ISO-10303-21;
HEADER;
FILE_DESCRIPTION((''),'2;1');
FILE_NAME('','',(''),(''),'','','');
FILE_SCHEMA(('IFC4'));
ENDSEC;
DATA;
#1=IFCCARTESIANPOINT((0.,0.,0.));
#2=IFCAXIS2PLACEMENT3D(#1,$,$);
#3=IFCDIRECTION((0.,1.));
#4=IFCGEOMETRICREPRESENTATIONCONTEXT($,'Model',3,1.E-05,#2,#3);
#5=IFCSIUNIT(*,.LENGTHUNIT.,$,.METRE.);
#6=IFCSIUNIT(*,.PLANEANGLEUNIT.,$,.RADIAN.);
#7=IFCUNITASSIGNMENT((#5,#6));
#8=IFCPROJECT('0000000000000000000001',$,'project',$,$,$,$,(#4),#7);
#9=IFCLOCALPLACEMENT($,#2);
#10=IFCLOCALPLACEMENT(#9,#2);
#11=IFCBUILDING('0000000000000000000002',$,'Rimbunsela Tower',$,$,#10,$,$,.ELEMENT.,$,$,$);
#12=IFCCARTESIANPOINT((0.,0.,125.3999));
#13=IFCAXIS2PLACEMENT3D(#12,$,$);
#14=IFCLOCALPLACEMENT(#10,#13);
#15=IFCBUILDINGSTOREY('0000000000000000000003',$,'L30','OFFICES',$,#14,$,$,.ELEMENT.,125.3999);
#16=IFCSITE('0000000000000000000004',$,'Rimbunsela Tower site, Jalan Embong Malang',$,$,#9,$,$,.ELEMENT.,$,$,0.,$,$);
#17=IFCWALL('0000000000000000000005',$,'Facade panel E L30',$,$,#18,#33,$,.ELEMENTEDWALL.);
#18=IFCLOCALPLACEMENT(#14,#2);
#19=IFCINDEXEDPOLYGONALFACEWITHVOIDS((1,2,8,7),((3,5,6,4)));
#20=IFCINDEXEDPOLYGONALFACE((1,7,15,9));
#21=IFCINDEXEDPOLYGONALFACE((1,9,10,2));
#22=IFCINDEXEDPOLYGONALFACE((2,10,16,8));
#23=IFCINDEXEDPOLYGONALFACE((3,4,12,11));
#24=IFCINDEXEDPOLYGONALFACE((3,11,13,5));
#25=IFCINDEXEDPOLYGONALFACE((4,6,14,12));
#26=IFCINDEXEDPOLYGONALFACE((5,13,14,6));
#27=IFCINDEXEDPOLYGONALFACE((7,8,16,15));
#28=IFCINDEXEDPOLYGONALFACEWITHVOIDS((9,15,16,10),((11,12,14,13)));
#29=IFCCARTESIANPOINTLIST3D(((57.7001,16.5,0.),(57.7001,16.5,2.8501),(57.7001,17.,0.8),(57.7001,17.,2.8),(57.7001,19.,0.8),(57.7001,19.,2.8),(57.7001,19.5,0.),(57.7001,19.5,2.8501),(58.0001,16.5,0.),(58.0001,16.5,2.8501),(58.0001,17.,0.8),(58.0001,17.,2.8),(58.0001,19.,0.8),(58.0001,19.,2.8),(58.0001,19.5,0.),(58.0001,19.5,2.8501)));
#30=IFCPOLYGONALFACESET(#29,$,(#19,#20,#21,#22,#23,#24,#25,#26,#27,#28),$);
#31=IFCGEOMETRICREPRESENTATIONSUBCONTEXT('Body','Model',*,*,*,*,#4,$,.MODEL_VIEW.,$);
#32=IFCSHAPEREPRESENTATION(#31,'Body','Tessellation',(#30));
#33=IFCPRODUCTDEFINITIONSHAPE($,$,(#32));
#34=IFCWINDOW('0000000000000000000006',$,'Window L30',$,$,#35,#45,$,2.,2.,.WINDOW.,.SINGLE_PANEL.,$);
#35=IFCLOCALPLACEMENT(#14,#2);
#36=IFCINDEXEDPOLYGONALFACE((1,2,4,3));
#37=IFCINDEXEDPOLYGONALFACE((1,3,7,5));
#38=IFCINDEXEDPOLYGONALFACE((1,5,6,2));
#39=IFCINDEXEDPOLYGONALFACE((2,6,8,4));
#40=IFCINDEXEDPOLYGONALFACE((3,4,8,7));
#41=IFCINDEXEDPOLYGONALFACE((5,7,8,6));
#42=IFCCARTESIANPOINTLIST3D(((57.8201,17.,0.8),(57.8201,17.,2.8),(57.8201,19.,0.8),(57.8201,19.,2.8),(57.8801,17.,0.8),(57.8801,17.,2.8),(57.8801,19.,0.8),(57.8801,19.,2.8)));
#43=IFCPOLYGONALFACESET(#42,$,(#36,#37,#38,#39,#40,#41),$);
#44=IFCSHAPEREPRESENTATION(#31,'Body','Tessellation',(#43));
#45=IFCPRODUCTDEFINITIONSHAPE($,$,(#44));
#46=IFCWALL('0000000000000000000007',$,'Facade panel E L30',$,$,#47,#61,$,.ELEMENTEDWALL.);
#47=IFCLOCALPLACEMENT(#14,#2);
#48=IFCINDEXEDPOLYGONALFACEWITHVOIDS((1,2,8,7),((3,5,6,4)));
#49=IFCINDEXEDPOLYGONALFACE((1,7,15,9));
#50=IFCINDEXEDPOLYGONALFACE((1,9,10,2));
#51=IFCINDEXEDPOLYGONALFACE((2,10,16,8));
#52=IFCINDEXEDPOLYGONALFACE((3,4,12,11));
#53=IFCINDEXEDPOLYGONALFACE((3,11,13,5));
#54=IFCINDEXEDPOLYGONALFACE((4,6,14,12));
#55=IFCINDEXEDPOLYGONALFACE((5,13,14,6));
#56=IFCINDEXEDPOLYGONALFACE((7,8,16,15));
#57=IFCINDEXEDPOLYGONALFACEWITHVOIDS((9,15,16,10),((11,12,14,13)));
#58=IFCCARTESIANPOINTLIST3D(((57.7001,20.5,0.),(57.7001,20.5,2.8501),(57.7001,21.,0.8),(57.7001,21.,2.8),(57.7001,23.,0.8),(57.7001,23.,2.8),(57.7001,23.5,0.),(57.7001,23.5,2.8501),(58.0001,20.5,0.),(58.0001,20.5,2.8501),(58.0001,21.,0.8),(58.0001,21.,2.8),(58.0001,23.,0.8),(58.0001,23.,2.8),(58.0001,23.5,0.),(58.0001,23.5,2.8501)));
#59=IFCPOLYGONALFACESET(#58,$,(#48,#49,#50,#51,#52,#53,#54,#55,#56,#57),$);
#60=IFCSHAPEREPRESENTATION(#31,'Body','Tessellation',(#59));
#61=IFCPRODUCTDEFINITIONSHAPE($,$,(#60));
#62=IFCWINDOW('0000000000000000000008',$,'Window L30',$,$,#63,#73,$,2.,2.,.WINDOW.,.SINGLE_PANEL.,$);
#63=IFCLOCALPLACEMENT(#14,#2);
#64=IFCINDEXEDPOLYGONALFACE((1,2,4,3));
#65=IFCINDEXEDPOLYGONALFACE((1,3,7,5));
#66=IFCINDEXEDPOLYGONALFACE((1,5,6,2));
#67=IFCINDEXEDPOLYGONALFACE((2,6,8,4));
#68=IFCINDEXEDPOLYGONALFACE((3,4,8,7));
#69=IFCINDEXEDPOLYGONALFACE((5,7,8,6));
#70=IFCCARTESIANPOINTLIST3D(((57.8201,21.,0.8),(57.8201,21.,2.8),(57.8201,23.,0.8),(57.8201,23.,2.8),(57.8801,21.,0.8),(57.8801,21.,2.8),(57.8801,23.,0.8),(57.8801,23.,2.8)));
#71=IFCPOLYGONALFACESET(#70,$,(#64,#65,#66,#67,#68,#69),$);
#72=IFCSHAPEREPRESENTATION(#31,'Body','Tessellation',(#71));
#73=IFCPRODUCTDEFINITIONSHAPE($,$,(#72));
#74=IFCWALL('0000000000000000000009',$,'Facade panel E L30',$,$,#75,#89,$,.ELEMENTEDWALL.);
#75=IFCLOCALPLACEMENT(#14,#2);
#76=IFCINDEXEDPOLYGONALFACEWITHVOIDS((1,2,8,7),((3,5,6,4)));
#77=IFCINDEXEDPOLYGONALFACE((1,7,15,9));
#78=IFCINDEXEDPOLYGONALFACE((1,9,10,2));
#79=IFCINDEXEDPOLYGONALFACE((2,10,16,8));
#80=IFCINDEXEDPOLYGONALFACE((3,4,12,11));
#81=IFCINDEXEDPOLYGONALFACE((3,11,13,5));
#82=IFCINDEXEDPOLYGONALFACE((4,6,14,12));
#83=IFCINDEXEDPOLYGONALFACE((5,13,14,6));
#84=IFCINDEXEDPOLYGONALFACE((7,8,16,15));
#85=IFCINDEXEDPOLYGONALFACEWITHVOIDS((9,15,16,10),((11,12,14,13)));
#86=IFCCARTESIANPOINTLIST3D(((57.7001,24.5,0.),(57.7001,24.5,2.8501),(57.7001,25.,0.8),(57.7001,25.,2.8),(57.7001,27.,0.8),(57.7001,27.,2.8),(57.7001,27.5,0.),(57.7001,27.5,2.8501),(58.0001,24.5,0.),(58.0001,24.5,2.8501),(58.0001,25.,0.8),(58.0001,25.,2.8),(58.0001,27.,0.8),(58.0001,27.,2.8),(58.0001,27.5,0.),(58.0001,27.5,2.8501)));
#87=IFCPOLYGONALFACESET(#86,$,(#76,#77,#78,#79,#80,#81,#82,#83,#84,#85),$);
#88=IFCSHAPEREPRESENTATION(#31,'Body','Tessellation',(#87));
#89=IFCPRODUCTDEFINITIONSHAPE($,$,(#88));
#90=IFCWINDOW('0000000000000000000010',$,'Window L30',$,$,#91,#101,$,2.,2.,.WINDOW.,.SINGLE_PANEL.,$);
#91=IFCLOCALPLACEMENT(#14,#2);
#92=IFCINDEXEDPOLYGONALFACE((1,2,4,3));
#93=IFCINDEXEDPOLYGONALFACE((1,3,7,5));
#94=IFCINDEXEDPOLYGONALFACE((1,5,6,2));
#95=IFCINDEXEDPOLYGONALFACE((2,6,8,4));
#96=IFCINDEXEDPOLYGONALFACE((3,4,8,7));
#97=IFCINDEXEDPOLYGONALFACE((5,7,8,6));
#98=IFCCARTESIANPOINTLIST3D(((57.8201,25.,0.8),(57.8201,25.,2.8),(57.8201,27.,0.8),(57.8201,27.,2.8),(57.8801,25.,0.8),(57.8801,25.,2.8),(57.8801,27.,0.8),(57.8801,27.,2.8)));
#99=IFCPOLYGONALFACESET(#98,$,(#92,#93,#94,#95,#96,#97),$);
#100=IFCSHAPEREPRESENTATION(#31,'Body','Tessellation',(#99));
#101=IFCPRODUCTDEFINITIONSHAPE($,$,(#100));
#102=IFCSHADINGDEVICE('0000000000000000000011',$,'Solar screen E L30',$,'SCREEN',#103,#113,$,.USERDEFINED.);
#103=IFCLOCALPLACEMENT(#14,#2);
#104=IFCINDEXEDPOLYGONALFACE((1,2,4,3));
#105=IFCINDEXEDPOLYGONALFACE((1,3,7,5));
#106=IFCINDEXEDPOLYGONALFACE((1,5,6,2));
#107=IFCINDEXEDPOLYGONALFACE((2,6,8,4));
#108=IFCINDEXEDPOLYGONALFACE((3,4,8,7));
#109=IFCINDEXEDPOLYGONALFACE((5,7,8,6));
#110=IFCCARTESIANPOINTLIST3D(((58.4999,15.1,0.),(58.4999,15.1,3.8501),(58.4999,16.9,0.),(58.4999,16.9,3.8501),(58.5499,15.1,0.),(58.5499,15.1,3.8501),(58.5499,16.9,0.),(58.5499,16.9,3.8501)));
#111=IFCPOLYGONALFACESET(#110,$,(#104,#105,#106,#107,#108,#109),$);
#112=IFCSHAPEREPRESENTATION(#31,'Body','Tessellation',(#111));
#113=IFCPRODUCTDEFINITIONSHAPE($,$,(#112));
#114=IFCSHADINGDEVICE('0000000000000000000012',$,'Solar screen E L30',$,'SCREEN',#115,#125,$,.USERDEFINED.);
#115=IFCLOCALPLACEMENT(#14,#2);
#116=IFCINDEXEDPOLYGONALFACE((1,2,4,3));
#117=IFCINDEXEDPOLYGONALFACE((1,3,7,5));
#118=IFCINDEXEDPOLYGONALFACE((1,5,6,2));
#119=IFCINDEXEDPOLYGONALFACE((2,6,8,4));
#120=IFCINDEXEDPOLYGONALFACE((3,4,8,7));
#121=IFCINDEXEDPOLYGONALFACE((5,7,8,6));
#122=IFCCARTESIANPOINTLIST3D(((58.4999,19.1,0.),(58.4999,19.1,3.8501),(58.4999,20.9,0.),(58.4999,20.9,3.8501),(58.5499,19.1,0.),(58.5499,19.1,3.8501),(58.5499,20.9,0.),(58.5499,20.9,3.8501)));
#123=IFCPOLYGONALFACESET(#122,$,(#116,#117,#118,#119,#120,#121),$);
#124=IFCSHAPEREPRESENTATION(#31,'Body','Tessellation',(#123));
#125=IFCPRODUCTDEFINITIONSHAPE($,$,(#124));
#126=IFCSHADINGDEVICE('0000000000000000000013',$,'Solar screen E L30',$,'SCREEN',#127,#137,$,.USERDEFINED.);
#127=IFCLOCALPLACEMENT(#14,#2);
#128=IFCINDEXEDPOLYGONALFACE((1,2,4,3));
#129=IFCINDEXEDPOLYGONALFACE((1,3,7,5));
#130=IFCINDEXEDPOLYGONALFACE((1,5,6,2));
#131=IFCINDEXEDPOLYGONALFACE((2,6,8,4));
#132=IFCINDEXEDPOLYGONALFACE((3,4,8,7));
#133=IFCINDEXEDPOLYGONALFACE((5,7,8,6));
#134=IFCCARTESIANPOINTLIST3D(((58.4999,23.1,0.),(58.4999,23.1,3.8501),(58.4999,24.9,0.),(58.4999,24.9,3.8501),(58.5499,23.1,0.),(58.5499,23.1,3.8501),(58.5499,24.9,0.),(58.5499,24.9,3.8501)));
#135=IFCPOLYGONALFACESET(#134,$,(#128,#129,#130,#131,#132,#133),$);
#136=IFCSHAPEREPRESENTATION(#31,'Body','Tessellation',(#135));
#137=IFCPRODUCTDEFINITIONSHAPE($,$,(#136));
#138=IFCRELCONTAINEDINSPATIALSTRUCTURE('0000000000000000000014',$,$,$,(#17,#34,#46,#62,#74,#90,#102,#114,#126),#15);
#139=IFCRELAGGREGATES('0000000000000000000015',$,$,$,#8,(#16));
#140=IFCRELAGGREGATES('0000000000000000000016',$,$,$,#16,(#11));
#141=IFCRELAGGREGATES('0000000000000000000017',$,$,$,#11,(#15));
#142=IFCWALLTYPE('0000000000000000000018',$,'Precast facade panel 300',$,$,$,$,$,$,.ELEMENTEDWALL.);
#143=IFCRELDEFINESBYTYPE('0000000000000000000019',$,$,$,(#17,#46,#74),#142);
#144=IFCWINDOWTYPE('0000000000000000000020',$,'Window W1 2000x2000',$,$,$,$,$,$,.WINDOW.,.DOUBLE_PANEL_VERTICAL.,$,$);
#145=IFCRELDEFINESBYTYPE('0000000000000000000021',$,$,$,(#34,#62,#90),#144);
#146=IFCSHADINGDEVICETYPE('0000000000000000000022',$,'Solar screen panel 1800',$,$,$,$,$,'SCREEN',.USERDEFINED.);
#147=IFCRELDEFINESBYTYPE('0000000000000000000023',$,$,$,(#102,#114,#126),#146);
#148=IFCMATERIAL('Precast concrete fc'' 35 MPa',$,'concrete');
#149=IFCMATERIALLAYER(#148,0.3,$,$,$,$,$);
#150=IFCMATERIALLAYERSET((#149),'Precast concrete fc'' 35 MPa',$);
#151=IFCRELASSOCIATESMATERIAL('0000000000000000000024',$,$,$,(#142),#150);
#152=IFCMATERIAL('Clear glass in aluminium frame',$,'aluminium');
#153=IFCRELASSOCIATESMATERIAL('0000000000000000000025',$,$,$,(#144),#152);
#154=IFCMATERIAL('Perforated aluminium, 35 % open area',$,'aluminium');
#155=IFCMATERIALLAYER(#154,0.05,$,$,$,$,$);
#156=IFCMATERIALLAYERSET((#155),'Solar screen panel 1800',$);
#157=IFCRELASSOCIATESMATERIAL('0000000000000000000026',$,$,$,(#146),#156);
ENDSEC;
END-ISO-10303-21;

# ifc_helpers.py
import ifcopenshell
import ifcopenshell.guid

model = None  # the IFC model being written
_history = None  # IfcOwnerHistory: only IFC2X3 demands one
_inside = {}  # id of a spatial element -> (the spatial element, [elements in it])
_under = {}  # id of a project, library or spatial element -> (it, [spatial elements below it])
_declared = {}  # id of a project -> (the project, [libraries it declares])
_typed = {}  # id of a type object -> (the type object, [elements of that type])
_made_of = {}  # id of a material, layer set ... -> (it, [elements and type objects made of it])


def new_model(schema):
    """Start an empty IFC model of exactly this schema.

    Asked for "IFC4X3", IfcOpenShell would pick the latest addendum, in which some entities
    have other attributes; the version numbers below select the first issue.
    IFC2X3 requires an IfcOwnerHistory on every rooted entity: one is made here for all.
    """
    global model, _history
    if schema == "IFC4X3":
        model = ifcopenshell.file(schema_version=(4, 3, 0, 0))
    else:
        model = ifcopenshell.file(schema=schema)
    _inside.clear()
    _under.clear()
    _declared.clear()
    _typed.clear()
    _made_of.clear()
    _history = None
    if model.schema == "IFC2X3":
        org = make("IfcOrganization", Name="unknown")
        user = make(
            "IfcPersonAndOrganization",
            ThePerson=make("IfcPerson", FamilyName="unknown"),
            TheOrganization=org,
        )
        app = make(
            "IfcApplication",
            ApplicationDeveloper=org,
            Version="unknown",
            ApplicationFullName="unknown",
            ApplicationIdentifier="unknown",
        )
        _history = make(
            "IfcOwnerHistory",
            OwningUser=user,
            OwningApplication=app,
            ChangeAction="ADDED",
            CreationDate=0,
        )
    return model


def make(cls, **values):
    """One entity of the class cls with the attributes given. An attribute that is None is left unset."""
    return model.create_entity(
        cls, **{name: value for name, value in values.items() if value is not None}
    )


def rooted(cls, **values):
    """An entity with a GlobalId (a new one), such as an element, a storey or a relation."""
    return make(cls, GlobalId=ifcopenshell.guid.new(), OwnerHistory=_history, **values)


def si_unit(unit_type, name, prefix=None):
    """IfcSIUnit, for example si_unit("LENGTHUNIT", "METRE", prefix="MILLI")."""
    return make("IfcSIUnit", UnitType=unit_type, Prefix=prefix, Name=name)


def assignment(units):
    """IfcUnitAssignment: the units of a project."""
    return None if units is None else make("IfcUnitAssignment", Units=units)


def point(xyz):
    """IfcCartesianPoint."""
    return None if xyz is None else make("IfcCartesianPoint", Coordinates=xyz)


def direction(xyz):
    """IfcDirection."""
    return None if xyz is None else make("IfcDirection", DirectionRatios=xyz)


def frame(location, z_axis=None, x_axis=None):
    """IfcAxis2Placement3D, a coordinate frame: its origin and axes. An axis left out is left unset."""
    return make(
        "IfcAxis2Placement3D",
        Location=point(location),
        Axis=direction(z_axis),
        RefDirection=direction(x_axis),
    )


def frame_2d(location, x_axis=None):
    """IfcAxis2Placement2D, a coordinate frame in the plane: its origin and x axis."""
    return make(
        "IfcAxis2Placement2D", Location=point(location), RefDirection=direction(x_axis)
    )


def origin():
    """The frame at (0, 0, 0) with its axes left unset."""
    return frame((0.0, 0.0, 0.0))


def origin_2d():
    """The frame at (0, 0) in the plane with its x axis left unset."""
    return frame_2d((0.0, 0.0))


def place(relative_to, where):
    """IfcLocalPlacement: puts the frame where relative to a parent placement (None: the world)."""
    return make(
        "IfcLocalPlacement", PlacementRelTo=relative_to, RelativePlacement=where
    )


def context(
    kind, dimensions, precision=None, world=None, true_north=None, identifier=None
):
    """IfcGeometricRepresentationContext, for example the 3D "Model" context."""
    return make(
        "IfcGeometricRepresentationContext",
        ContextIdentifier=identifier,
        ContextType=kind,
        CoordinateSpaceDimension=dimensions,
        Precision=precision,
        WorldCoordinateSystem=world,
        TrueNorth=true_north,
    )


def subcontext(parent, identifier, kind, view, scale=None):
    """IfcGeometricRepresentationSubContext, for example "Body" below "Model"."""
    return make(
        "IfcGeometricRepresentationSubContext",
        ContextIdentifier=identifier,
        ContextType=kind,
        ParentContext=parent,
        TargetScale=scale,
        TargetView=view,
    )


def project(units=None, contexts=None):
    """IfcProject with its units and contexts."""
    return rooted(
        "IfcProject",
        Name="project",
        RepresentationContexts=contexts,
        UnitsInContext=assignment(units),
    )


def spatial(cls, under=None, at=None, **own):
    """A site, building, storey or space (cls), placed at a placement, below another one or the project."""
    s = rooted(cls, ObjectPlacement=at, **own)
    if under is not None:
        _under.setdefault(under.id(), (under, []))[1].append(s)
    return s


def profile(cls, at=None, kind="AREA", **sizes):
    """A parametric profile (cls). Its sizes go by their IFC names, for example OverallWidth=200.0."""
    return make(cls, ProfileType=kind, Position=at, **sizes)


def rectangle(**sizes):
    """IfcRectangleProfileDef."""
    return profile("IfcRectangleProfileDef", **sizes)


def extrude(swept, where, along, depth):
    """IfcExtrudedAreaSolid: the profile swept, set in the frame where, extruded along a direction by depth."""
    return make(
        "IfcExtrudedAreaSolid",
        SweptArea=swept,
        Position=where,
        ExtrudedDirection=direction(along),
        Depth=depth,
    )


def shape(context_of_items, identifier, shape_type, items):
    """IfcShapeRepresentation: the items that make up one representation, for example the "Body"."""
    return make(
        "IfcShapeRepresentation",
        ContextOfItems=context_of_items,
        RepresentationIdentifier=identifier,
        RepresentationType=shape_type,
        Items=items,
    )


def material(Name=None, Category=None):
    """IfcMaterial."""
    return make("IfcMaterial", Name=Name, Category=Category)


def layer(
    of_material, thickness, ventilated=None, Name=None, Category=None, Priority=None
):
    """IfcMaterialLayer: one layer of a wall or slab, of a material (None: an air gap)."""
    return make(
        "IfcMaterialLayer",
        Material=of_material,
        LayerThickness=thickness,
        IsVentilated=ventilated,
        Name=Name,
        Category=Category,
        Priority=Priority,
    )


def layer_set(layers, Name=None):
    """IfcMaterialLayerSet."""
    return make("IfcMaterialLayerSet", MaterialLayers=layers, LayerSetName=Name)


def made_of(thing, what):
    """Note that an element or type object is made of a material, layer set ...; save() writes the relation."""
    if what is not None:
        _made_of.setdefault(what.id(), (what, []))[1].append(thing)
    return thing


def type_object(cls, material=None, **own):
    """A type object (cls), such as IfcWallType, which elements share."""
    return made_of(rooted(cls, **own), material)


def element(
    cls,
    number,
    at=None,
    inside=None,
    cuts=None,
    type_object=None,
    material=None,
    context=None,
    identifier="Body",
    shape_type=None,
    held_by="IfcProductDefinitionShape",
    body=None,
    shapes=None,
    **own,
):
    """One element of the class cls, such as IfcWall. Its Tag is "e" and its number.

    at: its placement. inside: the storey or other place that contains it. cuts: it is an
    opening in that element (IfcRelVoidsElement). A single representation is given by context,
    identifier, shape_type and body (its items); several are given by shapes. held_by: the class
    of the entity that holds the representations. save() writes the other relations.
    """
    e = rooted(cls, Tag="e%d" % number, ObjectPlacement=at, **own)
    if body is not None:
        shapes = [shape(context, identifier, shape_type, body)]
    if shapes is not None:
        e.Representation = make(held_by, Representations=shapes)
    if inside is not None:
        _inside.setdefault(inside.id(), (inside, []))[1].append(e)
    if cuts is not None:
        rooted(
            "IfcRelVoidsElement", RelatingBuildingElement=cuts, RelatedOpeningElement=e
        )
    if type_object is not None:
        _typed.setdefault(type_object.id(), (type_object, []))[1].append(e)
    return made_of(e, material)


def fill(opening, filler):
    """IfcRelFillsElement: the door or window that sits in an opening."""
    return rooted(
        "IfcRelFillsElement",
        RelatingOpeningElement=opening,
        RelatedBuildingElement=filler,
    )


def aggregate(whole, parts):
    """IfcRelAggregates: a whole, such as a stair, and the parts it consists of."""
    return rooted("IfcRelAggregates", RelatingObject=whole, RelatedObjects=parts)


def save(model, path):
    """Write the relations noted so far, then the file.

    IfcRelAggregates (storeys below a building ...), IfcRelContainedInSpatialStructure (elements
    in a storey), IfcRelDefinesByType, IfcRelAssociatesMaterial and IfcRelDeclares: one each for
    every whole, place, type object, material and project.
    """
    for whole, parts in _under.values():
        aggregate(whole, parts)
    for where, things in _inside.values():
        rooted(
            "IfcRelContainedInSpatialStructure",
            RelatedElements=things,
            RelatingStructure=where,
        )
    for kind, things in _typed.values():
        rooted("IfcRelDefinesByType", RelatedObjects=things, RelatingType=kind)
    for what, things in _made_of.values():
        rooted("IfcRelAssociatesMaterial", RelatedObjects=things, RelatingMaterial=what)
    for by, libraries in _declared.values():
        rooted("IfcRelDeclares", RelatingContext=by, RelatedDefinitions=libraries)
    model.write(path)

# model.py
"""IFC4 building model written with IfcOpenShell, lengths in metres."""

from ifc_helpers import new_model, si_unit, direction, frame, frame_2d, origin, origin_2d, place, context, subcontext, project, spatial, rectangle, extrude, material, layer, layer_set, type_object, element, fill, save


model = new_model("IFC4")

# Units and contexts
model_context = context("Model", 3, precision=1e-05, world=origin(), true_north=direction((0.0, 1.0)))
body_context = subcontext(model_context, "Body", "Model", "MODEL_VIEW")
ifc_project = project(units=[si_unit("LENGTHUNIT", "METRE"), si_unit("PLANEANGLEUNIT", "RADIAN")], contexts=[model_context])

# Site, building, storey
site_placement = place(None, origin())
site = spatial("IfcSite", under=ifc_project, at=site_placement, Name="Rimbunsela Tower site, Jalan Embong Malang", CompositionType="ELEMENT", RefElevation=0.0)
building_placement = place(site_placement, origin())
building = spatial("IfcBuilding", under=site, at=building_placement, Name="Rimbunsela Tower", CompositionType="ELEMENT")
storey_placement = place(building_placement, frame((0.0, 0.0, 125.3999)))
storey = spatial("IfcBuildingStorey", under=building, at=storey_placement, Name="L30", Description="OFFICES", CompositionType="ELEMENT", Elevation=125.3999)

# Walls, openings, windows
ifc_material_1 = material(Name="Precast concrete fc' 35 MPa", Category="concrete")
ifc_layer_1 = layer(ifc_material_1, 0.3)
ifc_layer_set_1 = layer_set([ifc_layer_1], Name="Precast concrete fc' 35 MPa")
wall_type_1 = type_object("IfcWallType", Name="Precast facade panel 300", PredefinedType="ELEMENTEDWALL", material=ifc_layer_set_1)
wall_1_placement = place(storey_placement, frame((57.8501, 16.5, 0.0), z_axis=(0.0, 0.0, 1.0), x_axis=(0.0, 1.0, 0.0)))
wall_1 = element("IfcWall", 1, at=wall_1_placement, inside=storey, type_object=wall_type_1, Name="Facade panel E L30", PredefinedType="ELEMENTEDWALL", context=body_context, shape_type="SweptSolid", body=[
    extrude(rectangle(XDim=3.0, YDim=0.3, at=frame_2d((1.5, 0.0))), origin(), (0.0, 0.0, 1.0), 2.8501),
])
opening_1_placement = place(wall_1_placement, frame((0.5, 0.0, 0.8)))
opening_1 = element("IfcOpeningElement", 2, at=opening_1_placement, cuts=wall_1, PredefinedType="OPENING", context=body_context, shape_type="SweptSolid", body=[
    extrude(rectangle(XDim=2.0, YDim=2.0, at=frame_2d((1.0, 1.0))), frame((0.0, 0.1599, 0.0), z_axis=(0.0, -1.0, 0.0), x_axis=(1.0, 0.0, 0.0)), (0.0, 0.0, 1.0), 0.3201),
])
ifc_material_2 = material(Name="Clear glass in aluminium frame", Category="aluminium")
window_type = type_object("IfcWindowType", Name="Window W1 2000x2000", PartitioningType="DOUBLE_PANEL_VERTICAL", PredefinedType="WINDOW", material=ifc_material_2)
window_1_placement = place(opening_1_placement, origin())
window_1 = element("IfcWindow", 3, at=window_1_placement, inside=storey, type_object=window_type, Name="Window L30", OverallHeight=2.0, OverallWidth=2.0, PartitioningType="SINGLE_PANEL", PredefinedType="WINDOW", context=body_context, shape_type="SweptSolid", body=[
    extrude(rectangle(XDim=2.0, YDim=2.0, at=frame_2d((1.0, 1.0))), frame((0.0, 0.03, 0.0), z_axis=(0.0, -1.0, 0.0), x_axis=(1.0, 0.0, 0.0)), (0.0, 0.0, 1.0), 0.0601),
])
fill(opening_1, window_1)
wall_2_placement = place(storey_placement, frame((57.8501, 20.5, 0.0), z_axis=(0.0, 0.0, 1.0), x_axis=(0.0, 1.0, 0.0)))
wall_2 = element("IfcWall", 4, at=wall_2_placement, inside=storey, type_object=wall_type_1, Name="Facade panel E L30", PredefinedType="ELEMENTEDWALL", context=body_context, shape_type="SweptSolid", body=[
    extrude(rectangle(XDim=3.0, YDim=0.3, at=frame_2d((1.5, 0.0))), origin(), (0.0, 0.0, 1.0), 2.8501),
])
opening_2_placement = place(wall_2_placement, frame((0.5, 0.0, 0.8)))
opening_2 = element("IfcOpeningElement", 5, at=opening_2_placement, cuts=wall_2, PredefinedType="OPENING", context=body_context, shape_type="SweptSolid", body=[
    extrude(rectangle(XDim=2.0, YDim=2.0, at=frame_2d((1.0, 1.0))), frame((0.0, 0.1599, 0.0), z_axis=(0.0, -1.0, 0.0), x_axis=(1.0, 0.0, 0.0)), (0.0, 0.0, 1.0), 0.3201),
])
window_2_placement = place(opening_2_placement, origin())
window_2 = element("IfcWindow", 6, at=window_2_placement, inside=storey, type_object=window_type, Name="Window L30", OverallHeight=2.0, OverallWidth=2.0, PartitioningType="SINGLE_PANEL", PredefinedType="WINDOW", context=body_context, shape_type="SweptSolid", body=[
    extrude(rectangle(XDim=2.0, YDim=2.0, at=frame_2d((1.0, 1.0))), frame((0.0, 0.03, 0.0), z_axis=(0.0, -1.0, 0.0), x_axis=(1.0, 0.0, 0.0)), (0.0, 0.0, 1.0), 0.0601),
])
fill(opening_2, window_2)
wall_3_placement = place(storey_placement, frame((57.8501, 24.5, 0.0), z_axis=(0.0, 0.0, 1.0), x_axis=(0.0, 1.0, 0.0)))
wall_3 = element("IfcWall", 7, at=wall_3_placement, inside=storey, type_object=wall_type_1, Name="Facade panel E L30", PredefinedType="ELEMENTEDWALL", context=body_context, shape_type="SweptSolid", body=[
    extrude(rectangle(XDim=3.0, YDim=0.3, at=frame_2d((1.5, 0.0))), origin(), (0.0, 0.0, 1.0), 2.8501),
])
opening_3_placement = place(wall_3_placement, frame((0.5, 0.0, 0.8)))
opening_3 = element("IfcOpeningElement", 8, at=opening_3_placement, cuts=wall_3, PredefinedType="OPENING", context=body_context, shape_type="SweptSolid", body=[
    extrude(rectangle(XDim=2.0, YDim=2.0, at=frame_2d((1.0, 1.0))), frame((0.0, 0.1599, 0.0), z_axis=(0.0, -1.0, 0.0), x_axis=(1.0, 0.0, 0.0)), (0.0, 0.0, 1.0), 0.3201),
])
window_3_placement = place(opening_3_placement, origin())
window_3 = element("IfcWindow", 9, at=window_3_placement, inside=storey, type_object=window_type, Name="Window L30", OverallHeight=2.0, OverallWidth=2.0, PartitioningType="SINGLE_PANEL", PredefinedType="WINDOW", context=body_context, shape_type="SweptSolid", body=[
    extrude(rectangle(XDim=2.0, YDim=2.0, at=frame_2d((1.0, 1.0))), frame((0.0, 0.03, 0.0), z_axis=(0.0, -1.0, 0.0), x_axis=(1.0, 0.0, 0.0)), (0.0, 0.0, 1.0), 0.0601),
])
fill(opening_3, window_3)

# Shading devices
ifc_material_3 = material(Name="Perforated aluminium, 35 % open area", Category="aluminium")
ifc_layer_2 = layer(ifc_material_3, 0.05)
ifc_layer_set_2 = layer_set([ifc_layer_2], Name="Solar screen panel 1800")
shading_device_type = type_object("IfcShadingDeviceType", Name="Solar screen panel 1800", ElementType="SCREEN", PredefinedType="USERDEFINED", material=ifc_layer_set_2)
for number, where, z_axis, x_axis, name in (
    (10, (58.5249, 16.0, 0.0), (0.0, 0.0, 1.0), (0.0, 1.0, 0.0), "Solar screen E L30"),
    (11, (58.5249, 20.0, 0.0), (0.0, 0.0, 1.0), (0.0, 1.0, 0.0), "Solar screen E L30"),
    (12, (58.5249, 24.0, 0.0), (0.0, 0.0, 1.0), (0.0, 1.0, 0.0), "Solar screen E L30"),
):
    element("IfcShadingDevice", number, at=place(storey_placement, frame(where, z_axis=z_axis, x_axis=x_axis)), inside=storey, type_object=shading_device_type, Name=name, ObjectType="SCREEN", PredefinedType="USERDEFINED", context=body_context, shape_type="SweptSolid", body=[
        extrude(rectangle(XDim=1.8, YDim=0.05, at=origin_2d()), origin(), (0.0, 0.0, 1.0), 3.8501),
    ])

save(model, "model.ifc")
